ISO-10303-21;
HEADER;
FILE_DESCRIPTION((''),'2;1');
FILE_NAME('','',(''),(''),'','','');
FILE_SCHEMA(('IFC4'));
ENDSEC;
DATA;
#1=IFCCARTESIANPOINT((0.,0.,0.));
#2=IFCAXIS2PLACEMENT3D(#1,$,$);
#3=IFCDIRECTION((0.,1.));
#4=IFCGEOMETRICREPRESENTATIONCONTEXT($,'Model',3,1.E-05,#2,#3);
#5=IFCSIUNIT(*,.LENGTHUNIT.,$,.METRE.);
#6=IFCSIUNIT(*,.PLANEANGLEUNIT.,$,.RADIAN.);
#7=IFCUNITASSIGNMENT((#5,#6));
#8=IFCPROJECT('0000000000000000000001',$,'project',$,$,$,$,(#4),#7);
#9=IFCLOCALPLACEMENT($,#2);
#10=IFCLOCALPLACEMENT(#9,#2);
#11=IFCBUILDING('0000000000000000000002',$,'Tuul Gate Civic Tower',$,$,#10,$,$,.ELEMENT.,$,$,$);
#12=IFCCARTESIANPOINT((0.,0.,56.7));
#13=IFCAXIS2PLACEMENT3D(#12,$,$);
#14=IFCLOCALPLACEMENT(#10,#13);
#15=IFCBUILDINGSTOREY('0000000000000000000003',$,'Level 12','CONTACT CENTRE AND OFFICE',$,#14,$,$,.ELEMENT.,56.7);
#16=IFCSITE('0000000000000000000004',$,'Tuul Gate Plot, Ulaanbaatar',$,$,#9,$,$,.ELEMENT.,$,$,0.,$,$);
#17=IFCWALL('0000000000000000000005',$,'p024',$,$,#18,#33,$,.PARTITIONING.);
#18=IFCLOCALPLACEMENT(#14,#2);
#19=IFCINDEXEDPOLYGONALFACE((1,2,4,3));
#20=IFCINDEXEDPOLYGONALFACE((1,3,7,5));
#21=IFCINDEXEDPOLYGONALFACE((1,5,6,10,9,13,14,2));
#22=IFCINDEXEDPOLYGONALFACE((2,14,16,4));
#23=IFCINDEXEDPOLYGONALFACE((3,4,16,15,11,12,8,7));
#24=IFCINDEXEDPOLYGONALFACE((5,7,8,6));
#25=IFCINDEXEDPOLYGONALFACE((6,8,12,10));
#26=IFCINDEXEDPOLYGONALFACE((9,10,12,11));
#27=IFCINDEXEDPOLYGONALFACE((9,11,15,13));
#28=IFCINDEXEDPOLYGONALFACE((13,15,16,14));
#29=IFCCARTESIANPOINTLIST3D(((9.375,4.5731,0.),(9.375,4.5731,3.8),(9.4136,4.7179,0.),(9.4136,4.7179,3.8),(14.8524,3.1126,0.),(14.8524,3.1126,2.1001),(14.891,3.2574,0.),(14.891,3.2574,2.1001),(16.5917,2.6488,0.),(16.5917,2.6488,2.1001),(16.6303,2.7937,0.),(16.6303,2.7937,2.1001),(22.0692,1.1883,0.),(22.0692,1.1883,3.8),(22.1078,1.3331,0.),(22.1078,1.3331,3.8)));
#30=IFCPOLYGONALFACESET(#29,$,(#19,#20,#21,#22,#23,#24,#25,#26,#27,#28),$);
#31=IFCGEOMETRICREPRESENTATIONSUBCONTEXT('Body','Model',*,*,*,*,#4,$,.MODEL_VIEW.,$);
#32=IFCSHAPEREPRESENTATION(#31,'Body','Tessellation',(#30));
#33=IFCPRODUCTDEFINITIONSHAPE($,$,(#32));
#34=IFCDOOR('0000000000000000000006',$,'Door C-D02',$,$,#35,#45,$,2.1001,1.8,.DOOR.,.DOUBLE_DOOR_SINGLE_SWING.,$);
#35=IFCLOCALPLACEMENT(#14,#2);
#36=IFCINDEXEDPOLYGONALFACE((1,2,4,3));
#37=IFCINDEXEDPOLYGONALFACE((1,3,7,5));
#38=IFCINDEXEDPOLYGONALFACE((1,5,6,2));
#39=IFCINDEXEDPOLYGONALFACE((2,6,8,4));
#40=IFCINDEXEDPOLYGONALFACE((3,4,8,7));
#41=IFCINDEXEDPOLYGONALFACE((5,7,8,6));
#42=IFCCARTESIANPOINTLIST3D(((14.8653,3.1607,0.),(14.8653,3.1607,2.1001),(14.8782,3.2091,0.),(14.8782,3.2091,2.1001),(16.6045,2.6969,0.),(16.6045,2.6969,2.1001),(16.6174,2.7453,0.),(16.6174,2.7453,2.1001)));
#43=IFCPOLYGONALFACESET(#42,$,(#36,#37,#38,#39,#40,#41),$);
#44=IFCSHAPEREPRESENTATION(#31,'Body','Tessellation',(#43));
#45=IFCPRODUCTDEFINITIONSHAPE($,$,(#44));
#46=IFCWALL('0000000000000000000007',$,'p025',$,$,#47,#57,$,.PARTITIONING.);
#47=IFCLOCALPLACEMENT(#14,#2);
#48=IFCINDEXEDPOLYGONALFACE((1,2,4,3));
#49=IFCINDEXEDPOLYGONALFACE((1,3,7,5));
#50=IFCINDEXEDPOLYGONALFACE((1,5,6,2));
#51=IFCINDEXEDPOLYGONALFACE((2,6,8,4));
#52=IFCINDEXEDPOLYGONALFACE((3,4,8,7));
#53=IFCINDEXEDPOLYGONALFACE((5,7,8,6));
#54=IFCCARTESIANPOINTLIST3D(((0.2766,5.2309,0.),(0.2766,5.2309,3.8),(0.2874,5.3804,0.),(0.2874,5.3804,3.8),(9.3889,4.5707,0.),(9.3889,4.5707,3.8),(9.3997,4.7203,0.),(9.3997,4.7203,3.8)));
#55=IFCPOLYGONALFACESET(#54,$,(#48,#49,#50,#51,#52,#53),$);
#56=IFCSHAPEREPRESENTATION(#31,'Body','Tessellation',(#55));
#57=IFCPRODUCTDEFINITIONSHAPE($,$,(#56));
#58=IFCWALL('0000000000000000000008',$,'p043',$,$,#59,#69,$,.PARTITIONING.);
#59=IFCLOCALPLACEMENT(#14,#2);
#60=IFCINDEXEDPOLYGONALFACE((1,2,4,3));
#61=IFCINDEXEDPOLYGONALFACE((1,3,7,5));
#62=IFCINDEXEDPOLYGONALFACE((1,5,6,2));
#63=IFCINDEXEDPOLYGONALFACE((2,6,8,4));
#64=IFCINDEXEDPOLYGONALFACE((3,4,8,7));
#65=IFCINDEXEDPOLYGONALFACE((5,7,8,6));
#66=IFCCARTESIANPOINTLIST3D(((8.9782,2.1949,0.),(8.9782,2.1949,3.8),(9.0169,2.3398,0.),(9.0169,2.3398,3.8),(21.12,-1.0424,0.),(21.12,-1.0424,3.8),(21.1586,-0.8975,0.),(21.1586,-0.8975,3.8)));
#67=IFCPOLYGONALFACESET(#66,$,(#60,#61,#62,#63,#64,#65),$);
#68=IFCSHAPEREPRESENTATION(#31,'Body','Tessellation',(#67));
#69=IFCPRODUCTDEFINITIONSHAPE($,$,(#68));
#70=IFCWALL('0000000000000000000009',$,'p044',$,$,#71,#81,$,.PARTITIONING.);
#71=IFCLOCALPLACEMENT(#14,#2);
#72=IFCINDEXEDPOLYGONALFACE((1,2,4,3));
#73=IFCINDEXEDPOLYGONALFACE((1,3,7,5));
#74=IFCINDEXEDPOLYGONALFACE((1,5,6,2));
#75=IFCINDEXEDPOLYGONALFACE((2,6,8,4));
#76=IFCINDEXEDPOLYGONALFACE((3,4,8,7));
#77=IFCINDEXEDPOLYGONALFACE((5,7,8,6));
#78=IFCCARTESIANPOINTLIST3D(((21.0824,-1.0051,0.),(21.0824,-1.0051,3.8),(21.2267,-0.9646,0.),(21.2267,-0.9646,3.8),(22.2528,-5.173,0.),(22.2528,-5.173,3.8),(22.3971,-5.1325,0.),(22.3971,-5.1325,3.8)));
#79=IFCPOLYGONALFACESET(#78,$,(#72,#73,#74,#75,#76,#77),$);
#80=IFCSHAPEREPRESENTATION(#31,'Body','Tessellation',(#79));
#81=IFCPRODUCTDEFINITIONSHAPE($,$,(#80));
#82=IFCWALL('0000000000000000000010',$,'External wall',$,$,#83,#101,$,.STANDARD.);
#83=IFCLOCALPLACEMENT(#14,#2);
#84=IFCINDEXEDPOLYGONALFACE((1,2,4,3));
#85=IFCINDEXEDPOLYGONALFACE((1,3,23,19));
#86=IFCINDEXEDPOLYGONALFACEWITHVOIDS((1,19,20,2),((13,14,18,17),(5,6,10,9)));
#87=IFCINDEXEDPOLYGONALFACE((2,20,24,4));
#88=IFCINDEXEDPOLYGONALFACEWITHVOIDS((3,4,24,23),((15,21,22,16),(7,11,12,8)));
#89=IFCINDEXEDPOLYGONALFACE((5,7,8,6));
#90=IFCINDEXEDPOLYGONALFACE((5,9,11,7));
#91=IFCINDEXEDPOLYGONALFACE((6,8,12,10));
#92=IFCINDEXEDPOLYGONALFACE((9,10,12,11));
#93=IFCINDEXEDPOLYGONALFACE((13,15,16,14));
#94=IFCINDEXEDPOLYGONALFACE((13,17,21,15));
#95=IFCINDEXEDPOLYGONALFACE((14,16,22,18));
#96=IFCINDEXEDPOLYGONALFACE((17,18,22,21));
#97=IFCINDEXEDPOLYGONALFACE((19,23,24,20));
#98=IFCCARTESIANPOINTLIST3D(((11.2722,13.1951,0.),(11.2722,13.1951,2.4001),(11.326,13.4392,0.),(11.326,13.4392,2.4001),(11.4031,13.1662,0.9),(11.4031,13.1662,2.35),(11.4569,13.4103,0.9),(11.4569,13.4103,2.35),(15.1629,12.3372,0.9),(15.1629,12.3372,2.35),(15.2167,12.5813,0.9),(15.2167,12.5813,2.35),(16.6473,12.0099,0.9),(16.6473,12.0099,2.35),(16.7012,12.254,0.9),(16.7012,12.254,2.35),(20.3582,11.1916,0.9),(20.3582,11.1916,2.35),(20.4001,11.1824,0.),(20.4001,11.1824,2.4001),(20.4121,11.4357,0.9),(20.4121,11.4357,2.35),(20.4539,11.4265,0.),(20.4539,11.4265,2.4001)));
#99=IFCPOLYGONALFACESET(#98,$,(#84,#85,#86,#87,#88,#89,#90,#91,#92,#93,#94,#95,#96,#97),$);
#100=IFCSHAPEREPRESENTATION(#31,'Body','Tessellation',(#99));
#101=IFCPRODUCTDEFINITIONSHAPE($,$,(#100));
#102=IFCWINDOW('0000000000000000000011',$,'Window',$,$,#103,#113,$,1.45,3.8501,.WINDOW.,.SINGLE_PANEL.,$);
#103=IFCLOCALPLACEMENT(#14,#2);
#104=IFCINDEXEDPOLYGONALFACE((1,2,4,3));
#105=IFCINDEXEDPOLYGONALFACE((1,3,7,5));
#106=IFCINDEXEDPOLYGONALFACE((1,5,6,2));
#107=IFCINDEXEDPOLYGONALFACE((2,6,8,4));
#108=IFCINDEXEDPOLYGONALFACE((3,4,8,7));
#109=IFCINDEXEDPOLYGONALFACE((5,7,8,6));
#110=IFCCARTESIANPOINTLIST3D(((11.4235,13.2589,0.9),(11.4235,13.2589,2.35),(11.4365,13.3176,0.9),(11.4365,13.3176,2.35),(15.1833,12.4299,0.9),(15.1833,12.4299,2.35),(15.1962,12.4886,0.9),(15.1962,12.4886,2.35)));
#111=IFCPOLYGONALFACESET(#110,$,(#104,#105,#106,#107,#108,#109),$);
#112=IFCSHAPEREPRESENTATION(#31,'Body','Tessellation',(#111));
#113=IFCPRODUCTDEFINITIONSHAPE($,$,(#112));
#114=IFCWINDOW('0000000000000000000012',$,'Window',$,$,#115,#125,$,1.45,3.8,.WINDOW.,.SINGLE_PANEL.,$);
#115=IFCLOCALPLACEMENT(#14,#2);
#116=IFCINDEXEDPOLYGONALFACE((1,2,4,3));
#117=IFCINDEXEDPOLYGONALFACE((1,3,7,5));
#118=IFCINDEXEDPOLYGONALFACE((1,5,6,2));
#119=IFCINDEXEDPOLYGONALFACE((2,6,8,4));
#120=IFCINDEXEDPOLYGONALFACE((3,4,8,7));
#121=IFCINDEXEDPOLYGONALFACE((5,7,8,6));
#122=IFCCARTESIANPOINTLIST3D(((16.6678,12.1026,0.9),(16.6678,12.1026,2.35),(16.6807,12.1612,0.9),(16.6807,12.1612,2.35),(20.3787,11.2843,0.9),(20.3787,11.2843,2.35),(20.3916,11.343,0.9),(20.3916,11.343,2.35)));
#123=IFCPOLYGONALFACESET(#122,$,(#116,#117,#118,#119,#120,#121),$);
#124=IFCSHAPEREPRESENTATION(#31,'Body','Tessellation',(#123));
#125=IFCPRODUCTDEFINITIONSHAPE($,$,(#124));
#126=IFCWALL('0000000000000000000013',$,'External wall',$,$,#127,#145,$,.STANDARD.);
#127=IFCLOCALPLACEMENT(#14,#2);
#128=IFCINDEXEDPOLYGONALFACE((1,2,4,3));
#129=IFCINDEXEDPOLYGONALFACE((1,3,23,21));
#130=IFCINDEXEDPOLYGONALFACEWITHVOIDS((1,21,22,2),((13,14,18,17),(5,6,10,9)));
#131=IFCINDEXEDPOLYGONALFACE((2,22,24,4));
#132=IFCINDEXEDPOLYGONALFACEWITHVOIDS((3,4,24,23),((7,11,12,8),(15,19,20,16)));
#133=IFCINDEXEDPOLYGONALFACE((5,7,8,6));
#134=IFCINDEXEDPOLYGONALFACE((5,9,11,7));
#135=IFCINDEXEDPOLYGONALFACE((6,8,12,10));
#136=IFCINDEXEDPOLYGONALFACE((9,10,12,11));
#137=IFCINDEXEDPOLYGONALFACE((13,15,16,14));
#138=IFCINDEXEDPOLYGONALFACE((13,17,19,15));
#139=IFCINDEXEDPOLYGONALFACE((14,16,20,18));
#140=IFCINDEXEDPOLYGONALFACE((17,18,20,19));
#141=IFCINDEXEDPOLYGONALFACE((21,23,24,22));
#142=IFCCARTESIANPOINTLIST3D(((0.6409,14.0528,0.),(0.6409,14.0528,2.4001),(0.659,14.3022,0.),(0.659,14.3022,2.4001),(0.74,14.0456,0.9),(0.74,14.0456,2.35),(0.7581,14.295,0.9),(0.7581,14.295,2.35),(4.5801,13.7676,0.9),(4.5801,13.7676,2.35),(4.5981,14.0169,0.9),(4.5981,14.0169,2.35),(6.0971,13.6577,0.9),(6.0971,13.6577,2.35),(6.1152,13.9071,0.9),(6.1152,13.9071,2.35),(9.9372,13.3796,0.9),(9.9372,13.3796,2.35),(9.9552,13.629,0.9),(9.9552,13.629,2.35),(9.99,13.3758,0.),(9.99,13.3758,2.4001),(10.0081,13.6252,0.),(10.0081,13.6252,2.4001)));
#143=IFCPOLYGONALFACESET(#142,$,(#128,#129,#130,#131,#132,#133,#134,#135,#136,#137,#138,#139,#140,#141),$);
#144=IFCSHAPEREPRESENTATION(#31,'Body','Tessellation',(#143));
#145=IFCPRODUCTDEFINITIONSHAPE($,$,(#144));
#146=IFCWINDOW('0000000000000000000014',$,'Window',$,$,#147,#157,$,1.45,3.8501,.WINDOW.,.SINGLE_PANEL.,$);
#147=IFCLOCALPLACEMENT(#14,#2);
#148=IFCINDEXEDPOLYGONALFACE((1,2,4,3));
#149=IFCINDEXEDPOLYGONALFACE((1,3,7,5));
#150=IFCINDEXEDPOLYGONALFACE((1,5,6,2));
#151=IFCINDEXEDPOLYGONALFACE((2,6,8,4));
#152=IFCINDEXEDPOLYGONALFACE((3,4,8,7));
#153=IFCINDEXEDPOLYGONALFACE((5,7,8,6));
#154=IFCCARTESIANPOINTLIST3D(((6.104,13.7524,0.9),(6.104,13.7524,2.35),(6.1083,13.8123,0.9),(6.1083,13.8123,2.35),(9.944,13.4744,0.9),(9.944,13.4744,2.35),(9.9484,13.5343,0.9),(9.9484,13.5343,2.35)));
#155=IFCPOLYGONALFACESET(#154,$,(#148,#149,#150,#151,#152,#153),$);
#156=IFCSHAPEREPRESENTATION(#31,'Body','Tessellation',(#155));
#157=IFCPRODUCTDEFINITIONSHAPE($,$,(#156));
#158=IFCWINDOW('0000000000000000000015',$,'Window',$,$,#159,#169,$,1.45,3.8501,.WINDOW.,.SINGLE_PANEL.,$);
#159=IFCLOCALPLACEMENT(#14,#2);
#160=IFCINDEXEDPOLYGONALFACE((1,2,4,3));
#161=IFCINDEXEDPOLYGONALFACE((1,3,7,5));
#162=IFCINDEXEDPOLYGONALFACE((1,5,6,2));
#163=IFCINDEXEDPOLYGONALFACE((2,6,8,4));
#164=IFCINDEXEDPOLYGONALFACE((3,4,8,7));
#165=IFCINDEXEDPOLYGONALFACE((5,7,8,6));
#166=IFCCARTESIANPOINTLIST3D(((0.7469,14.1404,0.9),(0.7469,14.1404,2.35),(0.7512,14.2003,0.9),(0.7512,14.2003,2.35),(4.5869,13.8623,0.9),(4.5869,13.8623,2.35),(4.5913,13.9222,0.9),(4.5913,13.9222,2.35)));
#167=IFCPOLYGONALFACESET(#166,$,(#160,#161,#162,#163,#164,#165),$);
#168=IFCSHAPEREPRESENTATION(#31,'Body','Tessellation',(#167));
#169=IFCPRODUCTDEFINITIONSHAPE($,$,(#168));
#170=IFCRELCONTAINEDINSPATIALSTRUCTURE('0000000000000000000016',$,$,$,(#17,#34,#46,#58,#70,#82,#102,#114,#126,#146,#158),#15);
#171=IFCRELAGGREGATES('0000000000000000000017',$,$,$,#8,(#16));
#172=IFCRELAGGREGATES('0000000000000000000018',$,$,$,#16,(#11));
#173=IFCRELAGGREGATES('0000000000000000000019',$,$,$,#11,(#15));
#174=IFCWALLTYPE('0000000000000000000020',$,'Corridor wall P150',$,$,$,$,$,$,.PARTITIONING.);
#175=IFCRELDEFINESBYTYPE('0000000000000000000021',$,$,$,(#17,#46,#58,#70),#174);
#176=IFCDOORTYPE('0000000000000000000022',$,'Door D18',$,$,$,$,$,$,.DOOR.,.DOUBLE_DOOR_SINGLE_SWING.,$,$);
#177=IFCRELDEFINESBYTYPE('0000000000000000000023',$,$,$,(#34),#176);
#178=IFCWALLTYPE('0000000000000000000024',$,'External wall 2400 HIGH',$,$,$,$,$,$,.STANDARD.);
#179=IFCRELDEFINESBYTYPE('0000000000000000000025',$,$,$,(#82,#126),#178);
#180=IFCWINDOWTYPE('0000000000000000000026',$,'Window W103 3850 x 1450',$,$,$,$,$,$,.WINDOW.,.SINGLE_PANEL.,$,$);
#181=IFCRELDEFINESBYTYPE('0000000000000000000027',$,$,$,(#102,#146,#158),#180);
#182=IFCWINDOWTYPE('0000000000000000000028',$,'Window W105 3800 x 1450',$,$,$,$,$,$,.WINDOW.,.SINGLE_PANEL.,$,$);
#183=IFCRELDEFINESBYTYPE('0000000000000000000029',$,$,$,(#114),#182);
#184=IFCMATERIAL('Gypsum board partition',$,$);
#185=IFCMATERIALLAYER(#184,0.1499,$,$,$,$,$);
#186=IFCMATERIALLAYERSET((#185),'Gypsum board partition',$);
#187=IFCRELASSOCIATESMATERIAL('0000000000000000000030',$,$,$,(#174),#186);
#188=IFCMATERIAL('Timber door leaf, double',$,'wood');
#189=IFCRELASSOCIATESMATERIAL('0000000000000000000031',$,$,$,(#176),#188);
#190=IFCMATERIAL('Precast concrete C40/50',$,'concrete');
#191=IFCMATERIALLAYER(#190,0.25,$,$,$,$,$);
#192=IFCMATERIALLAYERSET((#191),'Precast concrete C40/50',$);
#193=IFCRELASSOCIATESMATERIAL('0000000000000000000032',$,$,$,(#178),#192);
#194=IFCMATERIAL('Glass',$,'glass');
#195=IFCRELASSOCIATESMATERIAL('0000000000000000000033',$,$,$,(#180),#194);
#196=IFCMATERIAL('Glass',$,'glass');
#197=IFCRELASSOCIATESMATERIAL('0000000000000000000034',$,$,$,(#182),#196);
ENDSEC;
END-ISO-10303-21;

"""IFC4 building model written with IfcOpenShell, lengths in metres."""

from ifc_helpers import new_model, si_unit, direction, frame, frame_2d, origin, place, context, subcontext, project, spatial, rectangle, extrude, material, layer, layer_set, type_object, element, fill, save


model = new_model("IFC4")

# Units and contexts
model_context = context("Model", 3, precision=1e-05, world=origin(), true_north=direction((0.0, 1.0)))
body_context = subcontext(model_context, "Body", "Model", "MODEL_VIEW")
ifc_project = project(units=[si_unit("LENGTHUNIT", "METRE"), si_unit("PLANEANGLEUNIT", "RADIAN")], contexts=[model_context])

# Site, building, storey
site_placement = place(None, origin())
site = spatial("IfcSite", under=ifc_project, at=site_placement, Name="Tuul Gate Plot, Ulaanbaatar", CompositionType="ELEMENT", RefElevation=0.0)
building_placement = place(site_placement, origin())
building = spatial("IfcBuilding", under=site, at=building_placement, Name="Tuul Gate Civic Tower", CompositionType="ELEMENT")
storey_placement = place(building_placement, frame((0.0, 0.0, 56.7)))
storey = spatial("IfcBuildingStorey", under=building, at=storey_placement, Name="Level 12", Description="CONTACT CENTRE AND OFFICE", CompositionType="ELEMENT", Elevation=56.7)

# Wall, opening, door
ifc_material_1 = material(Name="Gypsum board partition")
ifc_layer_1 = layer(ifc_material_1, 0.1499)
ifc_layer_set_1 = layer_set([ifc_layer_1], Name="Gypsum board partition")
wall_type_1 = type_object("IfcWallType", Name="Corridor wall P150", PredefinedType="PARTITIONING", material=ifc_layer_set_1)
wall_1_placement = place(storey_placement, frame((9.3943, 4.6455, 0.0), z_axis=(0.0, 0.0, 1.0), x_axis=(0.966241, -0.25764, 0.0)))
wall_1 = element("IfcWall", 1, at=wall_1_placement, inside=storey, type_object=wall_type_1, Name="p024", PredefinedType="PARTITIONING", context=body_context, shape_type="SweptSolid", body=[
    extrude(rectangle(XDim=13.1377, YDim=0.1499, at=frame_2d((6.5688, 0.0))), origin(), (0.0, 0.0, 1.0), 3.8),
])
opening_1_placement = place(wall_1_placement, frame((5.6689, 0.0, 0.0)))
opening_1 = element("IfcOpeningElement", 2, at=opening_1_placement, cuts=wall_1, PredefinedType="OPENING", context=body_context, shape_type="SweptSolid", body=[
    extrude(rectangle(XDim=1.8, YDim=2.1001, at=frame_2d((0.8999, 1.05))), frame((0.0, 0.085, 0.0), z_axis=(0.0, -1.0, 0.0), x_axis=(1.0, 0.0, 0.0)), (0.0, 0.0, 1.0), 0.1699),
])
ifc_material_2 = material(Name="Timber door leaf, double", Category="wood")
door_type = type_object("IfcDoorType", Name="Door D18", OperationType="DOUBLE_DOOR_SINGLE_SWING", PredefinedType="DOOR", material=ifc_material_2)
door_placement = place(opening_1_placement, origin())
door = element("IfcDoor", 3, at=door_placement, inside=storey, type_object=door_type, Name="Door C-D02", OperationType="DOUBLE_DOOR_SINGLE_SWING", OverallHeight=2.1001, OverallWidth=1.8, PredefinedType="DOOR", context=body_context, shape_type="SweptSolid", body=[
    extrude(rectangle(XDim=1.8, YDim=2.1001, at=frame_2d((0.8999, 1.05))), frame((0.0, 0.0249, 0.0), z_axis=(0.0, -1.0, 0.0), x_axis=(1.0, 0.0, 0.0)), (0.0, 0.0, 1.0), 0.05),
])
fill(opening_1, door)

# Walls
wall_2_placement = place(storey_placement, frame((0.282, 5.3057, 0.0), z_axis=(0.0, 0.0, 1.0), x_axis=(0.997386, -0.072257, 0.0)))
element("IfcWall", 4, at=wall_2_placement, inside=storey, type_object=wall_type_1, Name="p025", PredefinedType="PARTITIONING", context=body_context, shape_type="SweptSolid", body=[
    extrude(rectangle(XDim=9.1362, YDim=0.1499, at=frame_2d((4.5681, 0.0))), origin(), (0.0, 0.0, 1.0), 3.8),
])
wall_3_placement = place(storey_placement, frame((8.9976, 2.2673, 0.0), z_axis=(0.0, 0.0, 1.0), x_axis=(0.966245, -0.257624, 0.0)))
element("IfcWall", 5, at=wall_3_placement, inside=storey, type_object=wall_type_1, Name="p043", PredefinedType="PARTITIONING", context=body_context, shape_type="SweptSolid", body=[
    extrude(rectangle(XDim=12.5659, YDim=0.1499, at=frame_2d((6.283, 0.0))), origin(), (0.0, 0.0, 1.0), 3.8),
])
wall_4_placement = place(storey_placement, frame((21.1545, -0.9849, 0.0), z_axis=(0.0, 0.0, 1.0), x_axis=(0.270354, -0.962761, 0.0)))
element("IfcWall", 6, at=wall_4_placement, inside=storey, type_object=wall_type_1, Name="p044", PredefinedType="PARTITIONING", context=body_context, shape_type="SweptSolid", body=[
    extrude(rectangle(XDim=4.3291, YDim=0.1499, at=frame_2d((2.1646, 0.0))), origin(), (0.0, 0.0, 1.0), 3.8),
])

# Walls, openings, windows
ifc_material_3 = material(Name="Precast concrete C40/50", Category="concrete")
ifc_layer_2 = layer(ifc_material_3, 0.25)
ifc_layer_set_2 = layer_set([ifc_layer_2], Name="Precast concrete C40/50")
wall_type_2 = type_object("IfcWallType", Name="External wall 2400 HIGH", PredefinedType="STANDARD", material=ifc_layer_set_2)
wall_5_placement = place(storey_placement, frame((20.427, 11.3044, 0.0), z_axis=(0.0, 0.0, 1.0), x_axis=(-0.976542, 0.215326, 0.0)))
wall_5 = element("IfcWall", 7, at=wall_5_placement, inside=storey, type_object=wall_type_2, Name="External wall", PredefinedType="STANDARD", context=body_context, shape_type="SweptSolid", body=[
    extrude(rectangle(XDim=9.3472, YDim=0.25, at=frame_2d((4.6736, 0.0))), origin(), (0.0, 0.0, 1.0), 2.4001),
])
opening_2_placement = place(wall_5_placement, frame((0.043, 0.0, 0.8999)))
opening_2 = element("IfcOpeningElement", 8, at=opening_2_placement, cuts=wall_5, PredefinedType="OPENING", context=body_context, shape_type="SweptSolid", body=[
    extrude(rectangle(XDim=3.8, YDim=1.45, at=frame_2d((1.8999, 0.7251))), frame((0.0, 0.135, 0.0), z_axis=(0.0, -1.0, 0.0), x_axis=(1.0, 0.0, 0.0)), (0.0, 0.0, 1.0), 0.27),
])
opening_3_placement = place(wall_5_placement, frame((5.363, 0.0, 0.8999)))
opening_3 = element("IfcOpeningElement", 9, at=opening_3_placement, cuts=wall_5, PredefinedType="OPENING", context=body_context, shape_type="SweptSolid", body=[
    extrude(rectangle(XDim=3.8501, YDim=1.45, at=frame_2d((1.925, 0.7251))), frame((0.0, 0.135, 0.0), z_axis=(0.0, -1.0, 0.0), x_axis=(1.0, 0.0, 0.0)), (0.0, 0.0, 1.0), 0.27),
])
ifc_material_4 = material(Name="Glass", Category="glass")
window_type_1 = type_object("IfcWindowType", Name="Window W103 3850 x 1450", PartitioningType="SINGLE_PANEL", PredefinedType="WINDOW", material=ifc_material_4)
window_1_placement = place(opening_3_placement, origin())
window_1 = element("IfcWindow", 10, at=window_1_placement, inside=storey, type_object=window_type_1, Name="Window", OverallHeight=1.45, OverallWidth=3.8501, PartitioningType="SINGLE_PANEL", PredefinedType="WINDOW", context=body_context, shape_type="SweptSolid", body=[
    extrude(rectangle(XDim=3.8501, YDim=1.45, at=frame_2d((1.925, 0.7251))), frame((0.0, 0.03, 0.0), z_axis=(0.0, -1.0, 0.0), x_axis=(1.0, 0.0, 0.0)), (0.0, 0.0, 1.0), 0.0601),
])
fill(opening_3, window_1)
ifc_material_5 = material(Name="Glass", Category="glass")
window_type_2 = type_object("IfcWindowType", Name="Window W105 3800 x 1450", PartitioningType="SINGLE_PANEL", PredefinedType="WINDOW", material=ifc_material_5)
window_2_placement = place(opening_2_placement, origin())
window_2 = element("IfcWindow", 11, at=window_2_placement, inside=storey, type_object=window_type_2, Name="Window", OverallHeight=1.45, OverallWidth=3.8, PartitioningType="SINGLE_PANEL", PredefinedType="WINDOW", context=body_context, shape_type="SweptSolid", body=[
    extrude(rectangle(XDim=3.8, YDim=1.45, at=frame_2d((1.8999, 0.7251))), frame((0.0, 0.03, 0.0), z_axis=(0.0, -1.0, 0.0), x_axis=(1.0, 0.0, 0.0)), (0.0, 0.0, 1.0), 0.0601),
])
fill(opening_2, window_2)
wall_6_placement = place(storey_placement, frame((9.999, 13.5005, 0.0), z_axis=(0.0, 0.0, 1.0), x_axis=(-0.997388, 0.072224, 0.0)))
wall_6 = element("IfcWall", 12, at=wall_6_placement, inside=storey, type_object=wall_type_2, Name="External wall", PredefinedType="STANDARD", context=body_context, shape_type="SweptSolid", body=[
    extrude(rectangle(XDim=9.3735, YDim=0.25, at=frame_2d((4.6868, 0.0))), origin(), (0.0, 0.0, 1.0), 2.4001),
])
opening_4_placement = place(wall_6_placement, frame((0.053, 0.0, 0.8999)))
opening_4 = element("IfcOpeningElement", 13, at=opening_4_placement, cuts=wall_6, PredefinedType="OPENING", context=body_context, shape_type="SweptSolid", body=[
    extrude(rectangle(XDim=3.8501, YDim=1.45, at=frame_2d((1.925, 0.7251))), frame((0.0, 0.135, 0.0), z_axis=(0.0, -1.0, 0.0), x_axis=(1.0, 0.0, 0.0)), (0.0, 0.0, 1.0), 0.27),
])
opening_5_placement = place(wall_6_placement, frame((5.4241, 0.0, 0.8999)))
opening_5 = element("IfcOpeningElement", 14, at=opening_5_placement, cuts=wall_6, PredefinedType="OPENING", context=body_context, shape_type="SweptSolid", body=[
    extrude(rectangle(XDim=3.8501, YDim=1.45, at=frame_2d((1.925, 0.7251))), frame((0.0, 0.135, 0.0), z_axis=(0.0, -1.0, 0.0), x_axis=(1.0, 0.0, 0.0)), (0.0, 0.0, 1.0), 0.27),
])
window_3_placement = place(opening_4_placement, origin())
window_3 = element("IfcWindow", 15, at=window_3_placement, inside=storey, type_object=window_type_1, Name="Window", OverallHeight=1.45, OverallWidth=3.8501, PartitioningType="SINGLE_PANEL", PredefinedType="WINDOW", context=body_context, shape_type="SweptSolid", body=[
    extrude(rectangle(XDim=3.8501, YDim=1.45, at=frame_2d((1.925, 0.7251))), frame((0.0, 0.03, 0.0), z_axis=(0.0, -1.0, 0.0), x_axis=(1.0, 0.0, 0.0)), (0.0, 0.0, 1.0), 0.0601),
])
fill(opening_4, window_3)
window_4_placement = place(opening_5_placement, origin())
window_4 = element("IfcWindow", 16, at=window_4_placement, inside=storey, type_object=window_type_1, Name="Window", OverallHeight=1.45, OverallWidth=3.8501, PartitioningType="SINGLE_PANEL", PredefinedType="WINDOW", context=body_context, shape_type="SweptSolid", body=[
    extrude(rectangle(XDim=3.8501, YDim=1.45, at=frame_2d((1.925, 0.7251))), frame((0.0, 0.03, 0.0), z_axis=(0.0, -1.0, 0.0), x_axis=(1.0, 0.0, 0.0)), (0.0, 0.0, 1.0), 0.0601),
])
fill(opening_5, window_4)

save(model, "model.ifc")
